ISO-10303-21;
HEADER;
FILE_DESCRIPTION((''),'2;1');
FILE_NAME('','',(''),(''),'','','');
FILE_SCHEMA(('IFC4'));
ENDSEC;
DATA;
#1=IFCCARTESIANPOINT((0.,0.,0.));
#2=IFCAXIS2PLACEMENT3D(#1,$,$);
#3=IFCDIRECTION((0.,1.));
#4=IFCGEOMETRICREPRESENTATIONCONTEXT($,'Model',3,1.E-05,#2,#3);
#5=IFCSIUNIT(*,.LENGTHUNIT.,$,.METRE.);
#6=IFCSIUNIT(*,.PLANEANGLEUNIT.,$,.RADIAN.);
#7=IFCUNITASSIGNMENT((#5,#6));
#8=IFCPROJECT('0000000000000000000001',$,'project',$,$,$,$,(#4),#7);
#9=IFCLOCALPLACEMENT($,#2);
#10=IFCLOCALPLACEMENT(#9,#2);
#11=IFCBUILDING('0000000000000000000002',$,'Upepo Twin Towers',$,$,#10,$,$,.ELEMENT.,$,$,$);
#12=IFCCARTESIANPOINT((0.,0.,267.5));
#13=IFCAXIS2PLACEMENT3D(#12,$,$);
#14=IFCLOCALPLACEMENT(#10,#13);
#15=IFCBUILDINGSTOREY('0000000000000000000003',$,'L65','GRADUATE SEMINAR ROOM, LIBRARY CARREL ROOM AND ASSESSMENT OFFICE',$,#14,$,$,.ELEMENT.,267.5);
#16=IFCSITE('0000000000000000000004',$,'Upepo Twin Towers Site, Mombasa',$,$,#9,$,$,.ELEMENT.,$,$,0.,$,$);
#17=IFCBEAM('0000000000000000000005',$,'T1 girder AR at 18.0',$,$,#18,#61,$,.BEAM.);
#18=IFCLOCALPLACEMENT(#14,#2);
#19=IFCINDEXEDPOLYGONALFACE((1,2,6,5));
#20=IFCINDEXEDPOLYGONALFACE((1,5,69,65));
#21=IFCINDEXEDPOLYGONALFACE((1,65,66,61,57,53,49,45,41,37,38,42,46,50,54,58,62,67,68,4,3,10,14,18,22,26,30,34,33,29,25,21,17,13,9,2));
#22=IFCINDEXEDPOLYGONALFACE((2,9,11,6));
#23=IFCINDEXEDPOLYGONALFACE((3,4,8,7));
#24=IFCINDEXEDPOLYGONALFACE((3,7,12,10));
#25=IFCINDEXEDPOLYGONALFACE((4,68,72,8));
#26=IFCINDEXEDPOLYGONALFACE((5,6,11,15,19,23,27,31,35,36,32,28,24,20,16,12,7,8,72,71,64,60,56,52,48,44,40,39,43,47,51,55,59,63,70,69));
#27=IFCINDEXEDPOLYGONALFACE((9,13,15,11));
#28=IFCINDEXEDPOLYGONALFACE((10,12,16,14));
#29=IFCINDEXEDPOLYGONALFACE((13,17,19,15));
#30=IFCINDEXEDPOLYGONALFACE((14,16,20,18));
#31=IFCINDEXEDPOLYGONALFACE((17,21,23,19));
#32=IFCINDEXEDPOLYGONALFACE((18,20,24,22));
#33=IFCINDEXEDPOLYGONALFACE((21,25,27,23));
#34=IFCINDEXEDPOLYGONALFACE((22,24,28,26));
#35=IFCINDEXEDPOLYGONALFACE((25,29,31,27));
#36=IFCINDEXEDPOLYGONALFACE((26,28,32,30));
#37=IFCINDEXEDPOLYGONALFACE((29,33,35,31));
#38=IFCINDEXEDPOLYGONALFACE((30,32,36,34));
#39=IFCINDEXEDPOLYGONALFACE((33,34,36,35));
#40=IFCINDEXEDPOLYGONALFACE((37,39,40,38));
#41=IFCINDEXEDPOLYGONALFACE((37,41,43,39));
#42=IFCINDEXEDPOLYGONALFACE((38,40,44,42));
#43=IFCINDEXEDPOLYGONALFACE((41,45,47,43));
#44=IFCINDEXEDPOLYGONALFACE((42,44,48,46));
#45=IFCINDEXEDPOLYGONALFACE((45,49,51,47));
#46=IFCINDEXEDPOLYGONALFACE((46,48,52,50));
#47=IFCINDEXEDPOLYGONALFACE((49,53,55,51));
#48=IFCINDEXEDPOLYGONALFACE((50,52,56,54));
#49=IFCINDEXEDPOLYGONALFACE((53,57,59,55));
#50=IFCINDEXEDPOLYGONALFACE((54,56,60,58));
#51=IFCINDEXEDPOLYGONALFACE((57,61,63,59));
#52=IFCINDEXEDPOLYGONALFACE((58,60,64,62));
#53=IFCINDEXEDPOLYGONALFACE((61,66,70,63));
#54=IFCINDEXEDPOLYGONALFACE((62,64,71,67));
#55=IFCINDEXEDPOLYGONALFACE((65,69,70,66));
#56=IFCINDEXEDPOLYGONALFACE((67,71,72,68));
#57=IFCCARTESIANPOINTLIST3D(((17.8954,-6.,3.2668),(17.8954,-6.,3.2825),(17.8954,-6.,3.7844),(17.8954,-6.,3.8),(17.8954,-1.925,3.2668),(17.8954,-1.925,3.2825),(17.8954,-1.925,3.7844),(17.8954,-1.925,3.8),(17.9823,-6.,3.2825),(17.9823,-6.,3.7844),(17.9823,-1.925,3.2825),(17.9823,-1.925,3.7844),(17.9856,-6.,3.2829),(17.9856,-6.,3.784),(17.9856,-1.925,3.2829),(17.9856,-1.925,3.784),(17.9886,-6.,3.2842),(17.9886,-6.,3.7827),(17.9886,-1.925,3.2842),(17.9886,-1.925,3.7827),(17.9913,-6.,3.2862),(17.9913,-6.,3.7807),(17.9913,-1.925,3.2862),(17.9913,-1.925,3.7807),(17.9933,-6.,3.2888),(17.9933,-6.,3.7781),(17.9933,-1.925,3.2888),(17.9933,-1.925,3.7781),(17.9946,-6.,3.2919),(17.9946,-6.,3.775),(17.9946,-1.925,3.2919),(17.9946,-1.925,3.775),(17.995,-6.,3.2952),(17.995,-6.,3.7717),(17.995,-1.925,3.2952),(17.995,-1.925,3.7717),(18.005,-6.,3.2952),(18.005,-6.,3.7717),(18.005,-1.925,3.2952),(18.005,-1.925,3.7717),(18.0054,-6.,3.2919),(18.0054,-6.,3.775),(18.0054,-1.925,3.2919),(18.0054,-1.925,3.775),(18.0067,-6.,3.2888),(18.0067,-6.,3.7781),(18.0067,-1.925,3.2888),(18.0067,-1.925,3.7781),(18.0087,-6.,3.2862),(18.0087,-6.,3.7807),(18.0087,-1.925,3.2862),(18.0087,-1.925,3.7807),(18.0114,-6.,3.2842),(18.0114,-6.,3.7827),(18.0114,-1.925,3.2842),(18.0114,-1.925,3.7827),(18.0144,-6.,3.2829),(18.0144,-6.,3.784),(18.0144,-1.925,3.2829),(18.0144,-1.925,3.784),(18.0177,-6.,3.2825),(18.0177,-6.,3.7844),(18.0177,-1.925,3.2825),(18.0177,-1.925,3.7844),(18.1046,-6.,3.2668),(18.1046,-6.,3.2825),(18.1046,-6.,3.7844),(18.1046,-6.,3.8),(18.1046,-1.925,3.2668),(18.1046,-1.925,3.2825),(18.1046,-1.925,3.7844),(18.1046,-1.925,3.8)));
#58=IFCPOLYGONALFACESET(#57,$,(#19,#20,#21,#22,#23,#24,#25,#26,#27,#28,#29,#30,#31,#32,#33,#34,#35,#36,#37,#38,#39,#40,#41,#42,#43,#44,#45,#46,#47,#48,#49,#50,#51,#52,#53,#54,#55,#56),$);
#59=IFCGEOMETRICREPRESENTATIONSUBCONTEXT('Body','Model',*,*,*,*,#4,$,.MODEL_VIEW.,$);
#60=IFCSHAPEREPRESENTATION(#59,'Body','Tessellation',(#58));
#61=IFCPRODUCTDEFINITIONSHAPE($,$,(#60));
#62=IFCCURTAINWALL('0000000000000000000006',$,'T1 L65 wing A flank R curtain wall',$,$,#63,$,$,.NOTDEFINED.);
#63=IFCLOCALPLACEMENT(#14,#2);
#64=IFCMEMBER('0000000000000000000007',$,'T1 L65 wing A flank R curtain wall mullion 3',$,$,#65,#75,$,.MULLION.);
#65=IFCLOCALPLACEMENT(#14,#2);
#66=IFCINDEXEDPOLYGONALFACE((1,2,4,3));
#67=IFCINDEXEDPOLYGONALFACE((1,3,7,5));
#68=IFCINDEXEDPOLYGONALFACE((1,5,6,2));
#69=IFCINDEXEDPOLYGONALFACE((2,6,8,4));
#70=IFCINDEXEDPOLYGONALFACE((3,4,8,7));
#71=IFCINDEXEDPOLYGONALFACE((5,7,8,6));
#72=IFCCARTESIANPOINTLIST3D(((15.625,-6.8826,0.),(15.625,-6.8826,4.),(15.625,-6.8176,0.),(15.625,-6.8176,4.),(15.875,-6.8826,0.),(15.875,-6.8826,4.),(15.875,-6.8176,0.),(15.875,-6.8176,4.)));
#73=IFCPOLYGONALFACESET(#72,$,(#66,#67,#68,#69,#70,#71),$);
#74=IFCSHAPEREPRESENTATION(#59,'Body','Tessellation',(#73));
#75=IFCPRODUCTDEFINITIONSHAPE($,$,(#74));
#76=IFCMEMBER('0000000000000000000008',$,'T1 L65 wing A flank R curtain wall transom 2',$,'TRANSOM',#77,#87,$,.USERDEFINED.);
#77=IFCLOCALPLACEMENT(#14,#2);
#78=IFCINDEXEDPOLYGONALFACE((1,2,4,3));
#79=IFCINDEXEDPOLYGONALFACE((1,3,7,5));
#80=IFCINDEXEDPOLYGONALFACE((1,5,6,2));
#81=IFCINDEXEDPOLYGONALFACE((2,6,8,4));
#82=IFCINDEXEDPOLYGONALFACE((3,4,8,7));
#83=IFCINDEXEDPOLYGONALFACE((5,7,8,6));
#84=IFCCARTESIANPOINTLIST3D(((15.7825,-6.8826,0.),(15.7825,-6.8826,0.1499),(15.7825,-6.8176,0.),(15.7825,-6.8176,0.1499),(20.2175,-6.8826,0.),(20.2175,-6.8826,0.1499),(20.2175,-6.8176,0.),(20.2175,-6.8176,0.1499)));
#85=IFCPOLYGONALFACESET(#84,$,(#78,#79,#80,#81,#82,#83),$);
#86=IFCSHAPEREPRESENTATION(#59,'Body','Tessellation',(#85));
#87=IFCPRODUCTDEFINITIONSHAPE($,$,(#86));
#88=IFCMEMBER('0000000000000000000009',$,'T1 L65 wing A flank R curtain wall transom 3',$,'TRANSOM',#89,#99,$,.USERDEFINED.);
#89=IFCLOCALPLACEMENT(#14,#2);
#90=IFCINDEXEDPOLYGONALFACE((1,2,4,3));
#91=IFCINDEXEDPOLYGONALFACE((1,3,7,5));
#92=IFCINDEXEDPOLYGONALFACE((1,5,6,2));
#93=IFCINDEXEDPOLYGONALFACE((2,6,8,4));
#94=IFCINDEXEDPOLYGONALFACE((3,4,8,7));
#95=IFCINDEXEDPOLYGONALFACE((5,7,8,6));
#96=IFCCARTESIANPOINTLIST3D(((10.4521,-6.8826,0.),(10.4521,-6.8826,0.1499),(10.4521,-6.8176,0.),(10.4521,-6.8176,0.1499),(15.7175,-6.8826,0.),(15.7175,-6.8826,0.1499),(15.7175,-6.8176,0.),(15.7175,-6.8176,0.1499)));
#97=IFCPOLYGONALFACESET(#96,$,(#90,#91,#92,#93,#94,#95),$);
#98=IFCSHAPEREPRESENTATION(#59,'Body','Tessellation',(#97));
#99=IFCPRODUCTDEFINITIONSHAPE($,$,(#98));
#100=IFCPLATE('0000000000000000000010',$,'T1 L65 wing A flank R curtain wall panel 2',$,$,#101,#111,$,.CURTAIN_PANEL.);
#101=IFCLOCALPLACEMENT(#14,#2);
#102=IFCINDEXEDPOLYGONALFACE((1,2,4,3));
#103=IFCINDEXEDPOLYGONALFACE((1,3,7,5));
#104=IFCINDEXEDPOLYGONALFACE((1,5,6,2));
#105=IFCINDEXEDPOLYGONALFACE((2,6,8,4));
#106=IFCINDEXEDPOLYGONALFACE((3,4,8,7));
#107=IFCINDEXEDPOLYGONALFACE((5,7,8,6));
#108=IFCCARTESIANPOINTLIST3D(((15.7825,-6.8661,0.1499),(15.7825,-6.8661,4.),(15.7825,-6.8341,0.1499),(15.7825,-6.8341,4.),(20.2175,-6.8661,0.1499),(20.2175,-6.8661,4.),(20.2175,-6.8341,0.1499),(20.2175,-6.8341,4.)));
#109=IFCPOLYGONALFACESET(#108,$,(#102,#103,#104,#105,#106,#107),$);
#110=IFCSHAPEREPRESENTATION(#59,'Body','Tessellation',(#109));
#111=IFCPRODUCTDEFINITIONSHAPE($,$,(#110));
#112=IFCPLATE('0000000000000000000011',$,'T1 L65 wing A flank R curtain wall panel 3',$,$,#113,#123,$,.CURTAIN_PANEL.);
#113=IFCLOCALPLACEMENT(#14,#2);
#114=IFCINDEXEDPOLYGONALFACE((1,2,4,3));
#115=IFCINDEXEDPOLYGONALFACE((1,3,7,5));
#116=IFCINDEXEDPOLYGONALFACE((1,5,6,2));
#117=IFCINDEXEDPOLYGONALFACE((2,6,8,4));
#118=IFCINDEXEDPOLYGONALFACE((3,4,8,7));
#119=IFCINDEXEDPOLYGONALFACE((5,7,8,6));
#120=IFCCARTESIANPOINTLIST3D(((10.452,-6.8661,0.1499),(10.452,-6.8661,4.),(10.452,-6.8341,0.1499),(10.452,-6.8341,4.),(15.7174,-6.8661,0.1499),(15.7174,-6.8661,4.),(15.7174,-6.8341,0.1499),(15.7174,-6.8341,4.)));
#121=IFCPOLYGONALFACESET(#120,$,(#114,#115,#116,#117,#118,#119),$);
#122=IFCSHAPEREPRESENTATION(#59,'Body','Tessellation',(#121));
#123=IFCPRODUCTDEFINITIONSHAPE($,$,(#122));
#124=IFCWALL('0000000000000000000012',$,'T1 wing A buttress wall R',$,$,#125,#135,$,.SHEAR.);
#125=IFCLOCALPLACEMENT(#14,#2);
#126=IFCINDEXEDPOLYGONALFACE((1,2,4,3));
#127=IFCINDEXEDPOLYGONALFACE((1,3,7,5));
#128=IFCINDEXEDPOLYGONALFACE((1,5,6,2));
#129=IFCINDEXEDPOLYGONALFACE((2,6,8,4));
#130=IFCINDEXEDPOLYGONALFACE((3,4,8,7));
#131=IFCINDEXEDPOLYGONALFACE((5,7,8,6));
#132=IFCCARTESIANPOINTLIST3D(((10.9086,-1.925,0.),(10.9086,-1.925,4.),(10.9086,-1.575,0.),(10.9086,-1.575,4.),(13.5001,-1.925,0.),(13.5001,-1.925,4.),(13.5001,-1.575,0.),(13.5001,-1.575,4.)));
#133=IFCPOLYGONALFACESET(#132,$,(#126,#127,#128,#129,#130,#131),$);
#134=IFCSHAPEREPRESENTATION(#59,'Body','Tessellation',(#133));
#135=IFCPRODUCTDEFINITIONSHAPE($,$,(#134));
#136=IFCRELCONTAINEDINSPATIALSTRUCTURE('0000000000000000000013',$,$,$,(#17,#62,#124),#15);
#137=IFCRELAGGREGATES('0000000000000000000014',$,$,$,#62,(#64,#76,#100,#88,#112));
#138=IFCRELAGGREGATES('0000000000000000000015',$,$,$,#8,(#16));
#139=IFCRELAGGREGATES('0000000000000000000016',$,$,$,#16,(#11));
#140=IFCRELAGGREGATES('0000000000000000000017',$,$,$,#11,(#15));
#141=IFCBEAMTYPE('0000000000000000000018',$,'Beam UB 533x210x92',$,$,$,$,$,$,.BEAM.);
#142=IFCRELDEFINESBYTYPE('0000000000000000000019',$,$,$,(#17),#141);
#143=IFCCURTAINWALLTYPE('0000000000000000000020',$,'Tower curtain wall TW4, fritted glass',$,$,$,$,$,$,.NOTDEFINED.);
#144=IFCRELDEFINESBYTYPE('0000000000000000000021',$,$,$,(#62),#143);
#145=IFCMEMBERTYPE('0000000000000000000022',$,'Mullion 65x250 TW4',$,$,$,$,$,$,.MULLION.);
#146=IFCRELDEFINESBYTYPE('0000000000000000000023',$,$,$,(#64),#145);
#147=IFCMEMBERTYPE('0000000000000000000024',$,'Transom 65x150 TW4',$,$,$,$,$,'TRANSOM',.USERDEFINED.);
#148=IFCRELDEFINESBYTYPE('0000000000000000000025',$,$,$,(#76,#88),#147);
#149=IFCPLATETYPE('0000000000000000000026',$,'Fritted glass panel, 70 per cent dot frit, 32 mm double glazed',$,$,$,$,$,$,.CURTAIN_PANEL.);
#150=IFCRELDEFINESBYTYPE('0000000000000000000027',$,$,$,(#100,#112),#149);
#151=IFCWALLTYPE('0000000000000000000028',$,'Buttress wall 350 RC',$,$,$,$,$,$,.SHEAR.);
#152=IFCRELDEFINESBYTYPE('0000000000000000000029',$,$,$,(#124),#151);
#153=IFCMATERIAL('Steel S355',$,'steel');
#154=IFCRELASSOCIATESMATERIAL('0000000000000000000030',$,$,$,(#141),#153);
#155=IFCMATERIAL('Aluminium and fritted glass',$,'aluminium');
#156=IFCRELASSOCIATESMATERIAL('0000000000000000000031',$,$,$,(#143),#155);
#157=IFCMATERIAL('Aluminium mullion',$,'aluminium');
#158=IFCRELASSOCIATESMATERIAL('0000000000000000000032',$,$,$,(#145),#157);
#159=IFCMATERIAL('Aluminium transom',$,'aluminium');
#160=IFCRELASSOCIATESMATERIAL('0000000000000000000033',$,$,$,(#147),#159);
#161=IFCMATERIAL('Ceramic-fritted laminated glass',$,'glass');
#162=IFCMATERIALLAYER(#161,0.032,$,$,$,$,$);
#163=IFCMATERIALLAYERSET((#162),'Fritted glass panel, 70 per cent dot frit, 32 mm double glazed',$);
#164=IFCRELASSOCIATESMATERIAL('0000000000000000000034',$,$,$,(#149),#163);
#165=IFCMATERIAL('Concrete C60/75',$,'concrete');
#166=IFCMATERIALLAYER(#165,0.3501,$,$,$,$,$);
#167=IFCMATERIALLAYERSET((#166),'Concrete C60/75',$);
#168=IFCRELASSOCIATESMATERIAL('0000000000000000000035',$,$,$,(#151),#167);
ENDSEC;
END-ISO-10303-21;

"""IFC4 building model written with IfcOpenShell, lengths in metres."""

from ifc_helpers import new_model, si_unit, direction, frame, frame_2d, origin, origin_2d, place, context, subcontext, project, spatial, rectangle, i_section, extrude, material, layer, layer_set, material_profile, profile_set, type_object, element, aggregate, save


model = new_model("IFC4")

# Units and contexts
model_context = context("Model", 3, precision=1e-05, world=origin(), true_north=direction((0.0, 1.0)))
body_context = subcontext(model_context, "Body", "Model", "MODEL_VIEW")
ifc_project = project(units=[si_unit("LENGTHUNIT", "METRE"), si_unit("PLANEANGLEUNIT", "RADIAN")], contexts=[model_context])

# Site, building, storey
site_placement = place(None, origin())
site = spatial("IfcSite", under=ifc_project, at=site_placement, Name="Upepo Twin Towers Site, Mombasa", CompositionType="ELEMENT", RefElevation=0.0)
building_placement = place(site_placement, origin())
building = spatial("IfcBuilding", under=site, at=building_placement, Name="Upepo Twin Towers", CompositionType="ELEMENT")
storey_placement = place(building_placement, frame((0.0, 0.0, 267.5)))
storey = spatial("IfcBuildingStorey", under=building, at=storey_placement, Name="L65", Description="GRADUATE SEMINAR ROOM, LIBRARY CARREL ROOM AND ASSESSMENT OFFICE", CompositionType="ELEMENT", Elevation=267.5)

# Beam
ifc_material_1 = material(Name="Steel S355", Category="steel")
ifc_material_profile_1 = material_profile(ifc_material_1, i_section(OverallWidth=0.2092, OverallDepth=0.5332, WebThickness=0.01, FlangeThickness=0.0156, FilletRadius=0.0127, at=origin_2d()), Name="UB 533x210x92")
ifc_profile_set_1 = profile_set([ifc_material_profile_1], Name="Steel S355")
beam_type_1 = type_object("IfcBeamType", Name="Beam UB 533x210x92", PredefinedType="BEAM", material=ifc_profile_set_1)
for number, where, z_axis, x_axis, name in (
    (1, (18.0, -6.0, 3.5334), (0.0, 1.0, 0.0), (-1.0, 0.0, 0.0), "T1 girder AR at 18.0"),
):
    element("IfcBeam", number, at=place(storey_placement, frame(where, z_axis=z_axis, x_axis=x_axis)), inside=storey, type_object=beam_type_1, Name=name, PredefinedType="BEAM", context=body_context, shape_type="SweptSolid", body=[
        extrude(i_section(OverallWidth=0.2092, OverallDepth=0.5332, WebThickness=0.01, FlangeThickness=0.0156, FilletRadius=0.0127, at=origin_2d()), origin(), (0.0, 0.0, 1.0), 4.075),
    ])

# Curtain wall, members, plates
ifc_material_2 = material(Name="Aluminium and fritted glass", Category="aluminium")
curtain_wall_type = type_object("IfcCurtainWallType", Name="Tower curtain wall TW4, fritted glass", PredefinedType="NOTDEFINED", material=ifc_material_2)
curtain_wall_placement = place(storey_placement, origin())
curtain_wall = element("IfcCurtainWall", 2, at=curtain_wall_placement, inside=storey, type_object=curtain_wall_type, Name="T1 L65 wing A flank R curtain wall", PredefinedType="NOTDEFINED")
ifc_material_3 = material(Name="Aluminium mullion", Category="aluminium")
ifc_material_profile_2 = material_profile(ifc_material_3, rectangle(XDim=0.0649, YDim=0.25, at=origin_2d()), Name="MULLION 65x250")
ifc_profile_set_2 = profile_set([ifc_material_profile_2], Name="Aluminium mullion")
member_type_1 = type_object("IfcMemberType", Name="Mullion 65x250 TW4", PredefinedType="MULLION", material=ifc_profile_set_2)
member_1_placement = place(storey_placement, frame((15.75, -6.8501, 0.0), z_axis=(0.0, 0.0, 1.0), x_axis=(0.0, -1.0, 0.0)))
member_1 = element("IfcMember", 3, at=member_1_placement, type_object=member_type_1, Name="T1 L65 wing A flank R curtain wall mullion 3", PredefinedType="MULLION", context=body_context, shape_type="SweptSolid", body=[
    extrude(rectangle(XDim=0.0649, YDim=0.25, at=origin_2d()), origin(), (0.0, 0.0, 1.0), 4.0),
])
ifc_material_4 = material(Name="Aluminium transom", Category="aluminium")
ifc_material_profile_3 = material_profile(ifc_material_4, rectangle(XDim=0.0649, YDim=0.1499, at=origin_2d()), Name="TRANSOM 65x150")
ifc_profile_set_3 = profile_set([ifc_material_profile_3], Name="Aluminium transom")
member_type_2 = type_object("IfcMemberType", Name="Transom 65x150 TW4", ElementType="TRANSOM", PredefinedType="USERDEFINED", material=ifc_profile_set_3)
member_2_placement = place(storey_placement, frame((20.2175, -6.8501, 0.075), z_axis=(-1.0, 0.0, 0.0), x_axis=(0.0, -1.0, 0.0)))
member_2 = element("IfcMember", 4, at=member_2_placement, type_object=member_type_2, Name="T1 L65 wing A flank R curtain wall transom 2", ObjectType="TRANSOM", PredefinedType="USERDEFINED", context=body_context, shape_type="SweptSolid", body=[
    extrude(rectangle(XDim=0.0649, YDim=0.1499, at=origin_2d()), origin(), (0.0, 0.0, 1.0), 4.4351),
])
member_3_placement = place(storey_placement, frame((15.7175, -6.8501, 0.075), z_axis=(-1.0, 0.0, 0.0), x_axis=(0.0, -1.0, 0.0)))
member_3 = element("IfcMember", 5, at=member_3_placement, type_object=member_type_2, Name="T1 L65 wing A flank R curtain wall transom 3", ObjectType="TRANSOM", PredefinedType="USERDEFINED", context=body_context, shape_type="SweptSolid", body=[
    extrude(rectangle(XDim=0.0649, YDim=0.1499, at=origin_2d()), origin(), (0.0, 0.0, 1.0), 5.2654),
])
ifc_material_5 = material(Name="Ceramic-fritted laminated glass", Category="glass")
ifc_layer_1 = layer(ifc_material_5, 0.032)
ifc_layer_set_1 = layer_set([ifc_layer_1], Name="Fritted glass panel, 70 per cent dot frit, 32 mm double glazed")
plate_type = type_object("IfcPlateType", Name="Fritted glass panel, 70 per cent dot frit, 32 mm double glazed", PredefinedType="CURTAIN_PANEL", material=ifc_layer_set_1)
plate_1_placement = place(storey_placement, frame((18.0, -6.8501, 0.1499), z_axis=(0.0, 0.0, 1.0), x_axis=(-1.0, 0.0, 0.0)))
plate_1 = element("IfcPlate", 6, at=plate_1_placement, type_object=plate_type, Name="T1 L65 wing A flank R curtain wall panel 2", PredefinedType="CURTAIN_PANEL", context=body_context, shape_type="SweptSolid", body=[
    extrude(rectangle(XDim=4.4351, YDim=0.032, at=origin_2d()), origin(), (0.0, 0.0, 1.0), 3.8501),
])
plate_2_placement = place(storey_placement, frame((13.0847, -6.8501, 0.1499), z_axis=(0.0, 0.0, 1.0), x_axis=(-1.0, 0.0, 0.0)))
plate_2 = element("IfcPlate", 7, at=plate_2_placement, type_object=plate_type, Name="T1 L65 wing A flank R curtain wall panel 3", PredefinedType="CURTAIN_PANEL", context=body_context, shape_type="SweptSolid", body=[
    extrude(rectangle(XDim=5.2654, YDim=0.032, at=origin_2d()), origin(), (0.0, 0.0, 1.0), 3.8501),
])
aggregate(curtain_wall, [member_1, member_2, plate_1, member_3, plate_2])

# Wall
ifc_material_6 = material(Name="Concrete C60/75", Category="concrete")
ifc_layer_2 = layer(ifc_material_6, 0.3501)
ifc_layer_set_2 = layer_set([ifc_layer_2], Name="Concrete C60/75")
wall_type_1 = type_object("IfcWallType", Name="Buttress wall 350 RC", PredefinedType="SHEAR", material=ifc_layer_set_2)
wall_1_placement = place(storey_placement, frame((10.9084, -1.75, 0.0), z_axis=(0.0, 0.0, 1.0), x_axis=(1.0, 0.0, 0.0)))
element("IfcWall", 8, at=wall_1_placement, inside=storey, type_object=wall_type_1, Name="T1 wing A buttress wall R", PredefinedType="SHEAR", context=body_context, shape_type="SweptSolid", body=[
    extrude(rectangle(XDim=2.5916, YDim=0.3501, at=frame_2d((1.2959, 0.0))), origin(), (0.0, 0.0, 1.0), 4.0),
])

save(model, "model.ifc")
